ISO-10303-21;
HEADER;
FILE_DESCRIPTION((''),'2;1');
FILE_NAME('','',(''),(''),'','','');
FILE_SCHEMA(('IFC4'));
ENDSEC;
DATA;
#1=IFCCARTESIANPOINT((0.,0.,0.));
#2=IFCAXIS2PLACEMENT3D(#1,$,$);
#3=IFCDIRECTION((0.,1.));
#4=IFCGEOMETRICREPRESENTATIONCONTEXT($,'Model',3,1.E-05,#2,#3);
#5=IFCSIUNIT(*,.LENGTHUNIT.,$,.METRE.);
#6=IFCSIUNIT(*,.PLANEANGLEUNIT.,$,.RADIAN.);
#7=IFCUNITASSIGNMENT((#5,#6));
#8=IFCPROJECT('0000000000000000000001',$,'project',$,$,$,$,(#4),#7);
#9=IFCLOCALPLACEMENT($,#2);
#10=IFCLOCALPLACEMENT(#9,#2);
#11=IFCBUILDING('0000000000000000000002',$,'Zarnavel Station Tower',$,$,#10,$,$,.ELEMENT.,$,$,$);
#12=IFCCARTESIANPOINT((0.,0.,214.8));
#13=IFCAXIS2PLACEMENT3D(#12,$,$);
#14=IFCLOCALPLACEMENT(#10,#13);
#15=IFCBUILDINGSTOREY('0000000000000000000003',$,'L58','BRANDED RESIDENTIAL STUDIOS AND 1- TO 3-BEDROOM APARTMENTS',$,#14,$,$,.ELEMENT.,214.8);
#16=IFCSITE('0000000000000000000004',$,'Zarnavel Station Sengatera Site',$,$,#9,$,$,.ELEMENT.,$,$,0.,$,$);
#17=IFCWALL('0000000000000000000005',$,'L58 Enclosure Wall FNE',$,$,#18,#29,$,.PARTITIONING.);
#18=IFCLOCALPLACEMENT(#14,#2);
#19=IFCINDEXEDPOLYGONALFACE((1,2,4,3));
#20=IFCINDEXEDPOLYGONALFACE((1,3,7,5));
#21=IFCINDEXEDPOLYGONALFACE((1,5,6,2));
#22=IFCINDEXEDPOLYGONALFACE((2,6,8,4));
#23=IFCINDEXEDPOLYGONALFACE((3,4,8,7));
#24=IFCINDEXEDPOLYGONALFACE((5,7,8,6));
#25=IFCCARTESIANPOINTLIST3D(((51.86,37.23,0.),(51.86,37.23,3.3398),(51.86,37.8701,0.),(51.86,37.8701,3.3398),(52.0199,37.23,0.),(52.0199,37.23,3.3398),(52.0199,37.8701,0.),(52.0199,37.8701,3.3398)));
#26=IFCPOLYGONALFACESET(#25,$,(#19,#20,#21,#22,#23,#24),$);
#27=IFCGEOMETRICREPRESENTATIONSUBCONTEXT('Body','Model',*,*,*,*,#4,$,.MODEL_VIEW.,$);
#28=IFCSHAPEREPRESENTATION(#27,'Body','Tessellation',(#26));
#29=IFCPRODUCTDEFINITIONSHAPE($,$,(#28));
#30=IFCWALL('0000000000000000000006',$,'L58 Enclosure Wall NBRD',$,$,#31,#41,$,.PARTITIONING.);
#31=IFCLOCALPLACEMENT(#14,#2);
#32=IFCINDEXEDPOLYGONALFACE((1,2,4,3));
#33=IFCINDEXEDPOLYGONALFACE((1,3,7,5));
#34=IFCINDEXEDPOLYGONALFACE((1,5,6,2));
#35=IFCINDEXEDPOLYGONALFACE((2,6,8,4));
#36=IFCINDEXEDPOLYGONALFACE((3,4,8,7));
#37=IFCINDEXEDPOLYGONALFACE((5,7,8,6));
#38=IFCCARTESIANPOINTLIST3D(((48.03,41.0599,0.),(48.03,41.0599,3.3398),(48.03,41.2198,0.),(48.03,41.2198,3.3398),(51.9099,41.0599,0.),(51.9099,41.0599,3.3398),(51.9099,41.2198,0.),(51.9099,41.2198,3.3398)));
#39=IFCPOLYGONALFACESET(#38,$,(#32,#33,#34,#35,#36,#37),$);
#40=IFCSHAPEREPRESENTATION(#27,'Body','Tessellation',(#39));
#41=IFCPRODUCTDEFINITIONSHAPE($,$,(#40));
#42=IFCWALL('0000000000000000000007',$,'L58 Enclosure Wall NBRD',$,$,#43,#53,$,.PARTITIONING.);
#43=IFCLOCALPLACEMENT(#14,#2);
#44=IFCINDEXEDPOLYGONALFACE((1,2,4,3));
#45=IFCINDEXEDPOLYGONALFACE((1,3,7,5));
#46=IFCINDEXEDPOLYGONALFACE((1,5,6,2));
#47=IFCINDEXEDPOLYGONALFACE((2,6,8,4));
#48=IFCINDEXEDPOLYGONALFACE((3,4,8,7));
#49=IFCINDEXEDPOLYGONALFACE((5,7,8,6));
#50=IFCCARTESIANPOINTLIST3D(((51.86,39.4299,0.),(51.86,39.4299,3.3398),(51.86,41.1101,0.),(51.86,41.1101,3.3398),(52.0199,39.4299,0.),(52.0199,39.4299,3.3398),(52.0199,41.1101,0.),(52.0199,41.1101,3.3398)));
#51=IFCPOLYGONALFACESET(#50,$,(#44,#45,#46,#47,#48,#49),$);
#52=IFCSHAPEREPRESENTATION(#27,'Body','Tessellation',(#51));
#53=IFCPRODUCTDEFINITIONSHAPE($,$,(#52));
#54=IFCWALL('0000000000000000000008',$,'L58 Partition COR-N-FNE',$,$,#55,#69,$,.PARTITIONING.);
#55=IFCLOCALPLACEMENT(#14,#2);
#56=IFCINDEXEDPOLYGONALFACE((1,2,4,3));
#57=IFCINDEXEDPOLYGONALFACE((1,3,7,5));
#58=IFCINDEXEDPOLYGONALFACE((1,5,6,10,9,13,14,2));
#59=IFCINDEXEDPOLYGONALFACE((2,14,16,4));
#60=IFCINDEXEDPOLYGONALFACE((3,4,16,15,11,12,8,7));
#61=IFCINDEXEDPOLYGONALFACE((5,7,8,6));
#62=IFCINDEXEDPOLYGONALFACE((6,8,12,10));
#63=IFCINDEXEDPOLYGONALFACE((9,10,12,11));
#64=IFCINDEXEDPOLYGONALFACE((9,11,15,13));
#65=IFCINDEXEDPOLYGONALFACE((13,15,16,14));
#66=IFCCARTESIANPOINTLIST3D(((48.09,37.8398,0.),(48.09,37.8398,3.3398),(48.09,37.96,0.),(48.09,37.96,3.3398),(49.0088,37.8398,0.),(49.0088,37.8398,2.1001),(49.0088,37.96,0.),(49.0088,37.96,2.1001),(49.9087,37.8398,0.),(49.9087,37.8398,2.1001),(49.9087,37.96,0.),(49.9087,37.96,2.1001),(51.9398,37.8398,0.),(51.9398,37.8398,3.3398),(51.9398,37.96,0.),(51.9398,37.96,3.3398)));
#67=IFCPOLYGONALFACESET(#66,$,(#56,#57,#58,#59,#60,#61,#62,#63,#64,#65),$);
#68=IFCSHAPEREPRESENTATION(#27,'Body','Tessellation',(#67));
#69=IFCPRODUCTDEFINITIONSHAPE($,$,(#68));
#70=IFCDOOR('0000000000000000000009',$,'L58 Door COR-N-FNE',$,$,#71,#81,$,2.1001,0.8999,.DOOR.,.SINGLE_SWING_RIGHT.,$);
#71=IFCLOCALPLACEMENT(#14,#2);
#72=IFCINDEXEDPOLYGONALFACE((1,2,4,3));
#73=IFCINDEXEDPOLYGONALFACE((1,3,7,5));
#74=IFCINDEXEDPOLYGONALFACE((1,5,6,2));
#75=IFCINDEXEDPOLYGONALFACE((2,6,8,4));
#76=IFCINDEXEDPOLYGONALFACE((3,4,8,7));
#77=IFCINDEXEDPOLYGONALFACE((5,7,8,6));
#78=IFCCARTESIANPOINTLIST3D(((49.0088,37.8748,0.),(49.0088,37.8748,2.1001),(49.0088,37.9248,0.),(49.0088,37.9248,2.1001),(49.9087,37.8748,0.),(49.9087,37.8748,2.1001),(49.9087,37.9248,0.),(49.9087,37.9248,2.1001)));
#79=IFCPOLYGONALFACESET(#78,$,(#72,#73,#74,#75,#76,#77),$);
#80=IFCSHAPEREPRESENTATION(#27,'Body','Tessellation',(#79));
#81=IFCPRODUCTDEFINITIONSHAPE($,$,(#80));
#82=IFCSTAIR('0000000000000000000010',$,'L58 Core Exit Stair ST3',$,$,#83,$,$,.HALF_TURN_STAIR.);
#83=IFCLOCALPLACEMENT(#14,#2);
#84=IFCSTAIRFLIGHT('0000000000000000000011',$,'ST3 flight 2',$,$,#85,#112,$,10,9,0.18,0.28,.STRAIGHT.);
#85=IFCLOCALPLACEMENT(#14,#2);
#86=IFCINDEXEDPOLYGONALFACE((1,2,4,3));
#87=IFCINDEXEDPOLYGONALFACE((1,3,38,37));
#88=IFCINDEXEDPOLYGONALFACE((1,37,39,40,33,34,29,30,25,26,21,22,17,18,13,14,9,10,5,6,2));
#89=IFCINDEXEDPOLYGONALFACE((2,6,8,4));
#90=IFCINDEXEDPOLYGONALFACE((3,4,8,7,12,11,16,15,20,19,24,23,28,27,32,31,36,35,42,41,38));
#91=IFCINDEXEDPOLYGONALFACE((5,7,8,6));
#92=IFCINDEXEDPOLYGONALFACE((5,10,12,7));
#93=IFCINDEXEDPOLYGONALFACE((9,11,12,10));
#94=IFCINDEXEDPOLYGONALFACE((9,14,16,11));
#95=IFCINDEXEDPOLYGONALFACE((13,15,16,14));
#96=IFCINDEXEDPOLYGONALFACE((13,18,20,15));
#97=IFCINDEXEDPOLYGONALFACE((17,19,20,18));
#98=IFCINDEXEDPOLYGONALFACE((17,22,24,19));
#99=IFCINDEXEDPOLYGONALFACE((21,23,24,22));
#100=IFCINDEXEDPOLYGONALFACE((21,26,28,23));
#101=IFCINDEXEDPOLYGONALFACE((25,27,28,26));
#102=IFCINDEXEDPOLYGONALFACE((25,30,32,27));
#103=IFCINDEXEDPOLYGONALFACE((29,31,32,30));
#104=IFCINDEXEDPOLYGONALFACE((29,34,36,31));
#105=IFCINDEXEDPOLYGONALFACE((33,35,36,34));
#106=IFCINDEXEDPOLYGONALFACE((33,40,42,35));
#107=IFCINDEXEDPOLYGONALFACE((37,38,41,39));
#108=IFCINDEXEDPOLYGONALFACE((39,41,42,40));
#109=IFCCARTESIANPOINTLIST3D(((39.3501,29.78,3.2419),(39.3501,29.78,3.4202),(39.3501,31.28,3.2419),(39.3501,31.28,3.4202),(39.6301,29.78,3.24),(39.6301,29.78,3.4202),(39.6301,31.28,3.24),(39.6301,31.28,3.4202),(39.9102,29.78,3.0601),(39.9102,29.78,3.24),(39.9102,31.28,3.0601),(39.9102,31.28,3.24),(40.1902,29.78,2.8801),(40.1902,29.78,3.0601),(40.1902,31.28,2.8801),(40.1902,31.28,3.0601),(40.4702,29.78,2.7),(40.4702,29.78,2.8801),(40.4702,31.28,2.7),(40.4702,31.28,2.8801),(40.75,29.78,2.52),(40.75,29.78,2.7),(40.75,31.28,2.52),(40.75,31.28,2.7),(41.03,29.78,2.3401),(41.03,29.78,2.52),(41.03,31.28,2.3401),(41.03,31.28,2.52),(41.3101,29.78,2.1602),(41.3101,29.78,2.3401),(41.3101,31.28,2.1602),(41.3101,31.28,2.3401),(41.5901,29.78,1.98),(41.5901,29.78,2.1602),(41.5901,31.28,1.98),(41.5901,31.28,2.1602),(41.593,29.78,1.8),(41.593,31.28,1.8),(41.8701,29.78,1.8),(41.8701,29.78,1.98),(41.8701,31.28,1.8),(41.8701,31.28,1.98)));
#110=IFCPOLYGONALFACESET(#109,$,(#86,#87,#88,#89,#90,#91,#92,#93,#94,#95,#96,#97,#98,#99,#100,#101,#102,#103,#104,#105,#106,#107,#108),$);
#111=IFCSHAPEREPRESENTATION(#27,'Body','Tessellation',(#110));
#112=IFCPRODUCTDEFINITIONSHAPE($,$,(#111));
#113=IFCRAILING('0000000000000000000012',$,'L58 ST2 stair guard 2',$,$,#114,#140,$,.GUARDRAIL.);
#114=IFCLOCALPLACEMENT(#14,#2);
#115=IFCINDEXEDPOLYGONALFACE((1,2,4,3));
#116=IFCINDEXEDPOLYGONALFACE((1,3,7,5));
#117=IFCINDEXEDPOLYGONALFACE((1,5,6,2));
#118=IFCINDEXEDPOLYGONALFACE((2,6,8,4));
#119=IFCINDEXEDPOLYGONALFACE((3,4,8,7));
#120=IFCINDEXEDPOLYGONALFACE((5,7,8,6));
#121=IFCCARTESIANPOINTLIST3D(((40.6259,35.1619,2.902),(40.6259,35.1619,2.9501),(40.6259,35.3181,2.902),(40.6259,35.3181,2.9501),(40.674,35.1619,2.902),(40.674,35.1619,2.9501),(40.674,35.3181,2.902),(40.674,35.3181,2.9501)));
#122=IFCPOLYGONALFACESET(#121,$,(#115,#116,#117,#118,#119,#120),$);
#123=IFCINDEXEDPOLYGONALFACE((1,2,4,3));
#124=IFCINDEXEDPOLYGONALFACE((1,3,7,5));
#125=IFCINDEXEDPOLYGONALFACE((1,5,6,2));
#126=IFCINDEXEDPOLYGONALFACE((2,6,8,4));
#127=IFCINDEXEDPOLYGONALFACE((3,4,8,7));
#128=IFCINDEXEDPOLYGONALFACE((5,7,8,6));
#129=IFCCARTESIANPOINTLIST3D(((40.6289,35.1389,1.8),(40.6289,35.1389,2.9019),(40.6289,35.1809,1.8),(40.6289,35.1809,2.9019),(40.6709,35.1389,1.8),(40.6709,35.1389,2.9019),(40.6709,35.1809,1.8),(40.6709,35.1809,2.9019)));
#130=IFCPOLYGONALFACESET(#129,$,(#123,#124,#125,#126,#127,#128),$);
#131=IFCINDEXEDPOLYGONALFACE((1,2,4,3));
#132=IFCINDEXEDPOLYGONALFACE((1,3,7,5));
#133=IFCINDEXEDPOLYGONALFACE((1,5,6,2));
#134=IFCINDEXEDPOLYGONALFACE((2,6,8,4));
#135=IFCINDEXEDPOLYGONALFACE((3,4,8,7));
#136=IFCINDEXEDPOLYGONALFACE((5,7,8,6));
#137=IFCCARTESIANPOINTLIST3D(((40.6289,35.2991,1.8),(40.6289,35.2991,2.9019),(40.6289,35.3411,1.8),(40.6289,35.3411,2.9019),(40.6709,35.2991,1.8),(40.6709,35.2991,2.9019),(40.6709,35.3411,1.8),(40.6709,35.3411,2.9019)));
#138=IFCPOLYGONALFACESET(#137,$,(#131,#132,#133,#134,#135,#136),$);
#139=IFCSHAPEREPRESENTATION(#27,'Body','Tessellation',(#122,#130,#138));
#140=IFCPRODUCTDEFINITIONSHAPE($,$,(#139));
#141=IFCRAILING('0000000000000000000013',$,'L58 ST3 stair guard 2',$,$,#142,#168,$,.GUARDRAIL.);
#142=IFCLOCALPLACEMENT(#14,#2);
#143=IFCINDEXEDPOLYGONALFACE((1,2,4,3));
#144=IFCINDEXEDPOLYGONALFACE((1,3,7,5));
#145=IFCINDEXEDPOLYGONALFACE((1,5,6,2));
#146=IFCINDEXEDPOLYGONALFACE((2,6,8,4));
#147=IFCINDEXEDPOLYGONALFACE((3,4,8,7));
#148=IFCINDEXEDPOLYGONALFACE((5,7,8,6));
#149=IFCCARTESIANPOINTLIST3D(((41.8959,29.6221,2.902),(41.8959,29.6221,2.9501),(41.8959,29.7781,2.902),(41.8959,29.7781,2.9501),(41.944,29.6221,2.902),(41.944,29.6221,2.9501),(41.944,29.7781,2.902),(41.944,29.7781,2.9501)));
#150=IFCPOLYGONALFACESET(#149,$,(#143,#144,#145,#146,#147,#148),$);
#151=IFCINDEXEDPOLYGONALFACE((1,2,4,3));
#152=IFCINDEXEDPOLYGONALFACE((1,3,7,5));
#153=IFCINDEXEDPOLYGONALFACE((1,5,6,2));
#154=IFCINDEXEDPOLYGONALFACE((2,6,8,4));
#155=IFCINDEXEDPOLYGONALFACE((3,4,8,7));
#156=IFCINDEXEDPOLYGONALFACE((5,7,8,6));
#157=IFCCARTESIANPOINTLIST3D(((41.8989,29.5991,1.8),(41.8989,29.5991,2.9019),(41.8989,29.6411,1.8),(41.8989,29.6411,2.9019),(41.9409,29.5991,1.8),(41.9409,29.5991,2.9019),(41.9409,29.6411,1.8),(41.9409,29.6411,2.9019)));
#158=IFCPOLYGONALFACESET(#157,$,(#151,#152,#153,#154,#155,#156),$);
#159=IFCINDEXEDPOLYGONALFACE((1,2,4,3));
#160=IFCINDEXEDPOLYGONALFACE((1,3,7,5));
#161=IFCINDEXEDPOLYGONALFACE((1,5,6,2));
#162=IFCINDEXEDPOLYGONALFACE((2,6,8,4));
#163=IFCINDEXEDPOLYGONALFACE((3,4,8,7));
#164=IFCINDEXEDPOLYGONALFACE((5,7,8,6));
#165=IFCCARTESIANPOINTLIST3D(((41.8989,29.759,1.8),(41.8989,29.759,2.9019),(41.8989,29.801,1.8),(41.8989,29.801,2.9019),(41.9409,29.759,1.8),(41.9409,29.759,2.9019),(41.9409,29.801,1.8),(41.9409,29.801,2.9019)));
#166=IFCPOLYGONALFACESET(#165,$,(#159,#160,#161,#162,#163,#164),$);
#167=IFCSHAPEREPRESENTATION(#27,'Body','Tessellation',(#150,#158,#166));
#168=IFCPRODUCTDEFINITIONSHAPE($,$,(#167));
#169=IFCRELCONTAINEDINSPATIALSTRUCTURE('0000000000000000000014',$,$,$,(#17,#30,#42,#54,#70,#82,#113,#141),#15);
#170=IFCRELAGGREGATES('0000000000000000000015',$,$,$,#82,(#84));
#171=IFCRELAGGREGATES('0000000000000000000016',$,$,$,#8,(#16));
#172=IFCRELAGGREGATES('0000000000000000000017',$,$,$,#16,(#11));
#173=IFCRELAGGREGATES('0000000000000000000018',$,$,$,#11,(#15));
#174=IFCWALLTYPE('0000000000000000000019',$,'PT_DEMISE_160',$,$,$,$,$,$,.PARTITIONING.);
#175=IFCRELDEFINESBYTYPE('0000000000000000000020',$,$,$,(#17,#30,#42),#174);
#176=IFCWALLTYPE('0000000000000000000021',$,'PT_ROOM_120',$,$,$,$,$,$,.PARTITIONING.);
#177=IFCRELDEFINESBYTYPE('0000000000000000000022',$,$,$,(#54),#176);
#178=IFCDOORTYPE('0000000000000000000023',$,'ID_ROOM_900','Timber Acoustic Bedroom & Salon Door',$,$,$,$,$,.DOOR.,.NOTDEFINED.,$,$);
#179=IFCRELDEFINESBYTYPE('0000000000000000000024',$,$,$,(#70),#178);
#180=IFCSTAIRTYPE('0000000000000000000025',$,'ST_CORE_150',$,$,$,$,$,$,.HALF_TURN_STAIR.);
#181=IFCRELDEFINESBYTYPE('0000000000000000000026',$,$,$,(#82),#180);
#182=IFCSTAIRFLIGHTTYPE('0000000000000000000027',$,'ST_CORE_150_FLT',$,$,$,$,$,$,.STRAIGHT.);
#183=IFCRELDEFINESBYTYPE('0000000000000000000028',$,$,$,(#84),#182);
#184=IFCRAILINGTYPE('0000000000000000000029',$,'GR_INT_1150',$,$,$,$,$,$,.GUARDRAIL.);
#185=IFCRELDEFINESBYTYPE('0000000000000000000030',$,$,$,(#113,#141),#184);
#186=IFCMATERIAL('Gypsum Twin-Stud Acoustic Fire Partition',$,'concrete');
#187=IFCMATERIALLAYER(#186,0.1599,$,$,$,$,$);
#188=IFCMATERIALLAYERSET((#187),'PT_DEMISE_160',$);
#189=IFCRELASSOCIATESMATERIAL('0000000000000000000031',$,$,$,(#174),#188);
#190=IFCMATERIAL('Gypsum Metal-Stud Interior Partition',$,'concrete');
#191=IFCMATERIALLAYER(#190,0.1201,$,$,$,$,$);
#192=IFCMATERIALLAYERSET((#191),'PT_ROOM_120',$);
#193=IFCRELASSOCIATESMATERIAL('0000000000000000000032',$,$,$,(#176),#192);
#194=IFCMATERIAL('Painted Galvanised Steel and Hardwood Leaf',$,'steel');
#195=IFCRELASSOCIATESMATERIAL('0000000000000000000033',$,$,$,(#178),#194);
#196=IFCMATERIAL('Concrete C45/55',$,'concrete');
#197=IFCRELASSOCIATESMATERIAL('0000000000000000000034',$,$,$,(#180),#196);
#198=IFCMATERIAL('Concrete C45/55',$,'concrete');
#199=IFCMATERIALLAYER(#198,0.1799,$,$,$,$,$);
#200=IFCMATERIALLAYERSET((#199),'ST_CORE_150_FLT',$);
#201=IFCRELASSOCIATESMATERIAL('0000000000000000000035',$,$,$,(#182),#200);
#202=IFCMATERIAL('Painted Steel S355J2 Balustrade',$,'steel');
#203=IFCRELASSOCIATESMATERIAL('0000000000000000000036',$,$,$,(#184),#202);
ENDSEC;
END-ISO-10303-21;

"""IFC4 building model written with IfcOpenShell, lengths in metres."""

from ifc_helpers import new_model, si_unit, direction, frame, frame_2d, origin, origin_2d, place, context, subcontext, project, spatial, polyline, rectangle, outline, extrude, material, layer, layer_set, type_object, element, fill, aggregate, save


model = new_model("IFC4")

# Units and contexts
model_context = context("Model", 3, precision=1e-05, world=origin(), true_north=direction((0.0, 1.0)))
body_context = subcontext(model_context, "Body", "Model", "MODEL_VIEW")
ifc_project = project(units=[si_unit("LENGTHUNIT", "METRE"), si_unit("PLANEANGLEUNIT", "RADIAN")], contexts=[model_context])

# Site, building, storey
site_placement = place(None, origin())
site = spatial("IfcSite", under=ifc_project, at=site_placement, Name="Zarnavel Station Sengatera Site", CompositionType="ELEMENT", RefElevation=0.0)
building_placement = place(site_placement, origin())
building = spatial("IfcBuilding", under=site, at=building_placement, Name="Zarnavel Station Tower", CompositionType="ELEMENT")
storey_placement = place(building_placement, frame((0.0, 0.0, 214.8)))
storey = spatial("IfcBuildingStorey", under=building, at=storey_placement, Name="L58", Description="BRANDED RESIDENTIAL STUDIOS AND 1- TO 3-BEDROOM APARTMENTS", CompositionType="ELEMENT", Elevation=214.8)

# Walls
ifc_material_1 = material(Name="Gypsum Twin-Stud Acoustic Fire Partition", Category="concrete")
ifc_layer_1 = layer(ifc_material_1, 0.1599)
ifc_layer_set_1 = layer_set([ifc_layer_1], Name="PT_DEMISE_160")
wall_type_1 = type_object("IfcWallType", Name="PT_DEMISE_160", PredefinedType="PARTITIONING", material=ifc_layer_set_1)
wall_1_placement = place(storey_placement, frame((51.9399, 37.23, 0.0), z_axis=(0.0, 0.0, 1.0), x_axis=(0.0, 1.0, 0.0)))
element("IfcWall", 1, at=wall_1_placement, inside=storey, type_object=wall_type_1, Name="L58 Enclosure Wall FNE", PredefinedType="PARTITIONING", context=body_context, shape_type="SweptSolid", body=[
    extrude(rectangle(XDim=0.6401, YDim=0.1599, at=frame_2d((0.3201, 0.0))), origin(), (0.0, 0.0, 1.0), 3.3398),
])
wall_2_placement = place(storey_placement, frame((48.03, 41.1399, 0.0), z_axis=(0.0, 0.0, 1.0), x_axis=(1.0, 0.0, 0.0)))
element("IfcWall", 2, at=wall_2_placement, inside=storey, type_object=wall_type_1, Name="L58 Enclosure Wall NBRD", PredefinedType="PARTITIONING", context=body_context, shape_type="SweptSolid", body=[
    extrude(rectangle(XDim=3.8799, YDim=0.1599, at=frame_2d((1.9399, 0.0))), origin(), (0.0, 0.0, 1.0), 3.3398),
])
wall_3_placement = place(storey_placement, frame((51.9399, 39.4299, 0.0), z_axis=(0.0, 0.0, 1.0), x_axis=(0.0, 1.0, 0.0)))
element("IfcWall", 3, at=wall_3_placement, inside=storey, type_object=wall_type_1, Name="L58 Enclosure Wall NBRD", PredefinedType="PARTITIONING", context=body_context, shape_type="SweptSolid", body=[
    extrude(rectangle(XDim=1.6802, YDim=0.1599, at=frame_2d((0.8401, 0.0))), origin(), (0.0, 0.0, 1.0), 3.3398),
])

# Wall, opening, door
ifc_material_2 = material(Name="Gypsum Metal-Stud Interior Partition", Category="concrete")
ifc_layer_2 = layer(ifc_material_2, 0.1201)
ifc_layer_set_2 = layer_set([ifc_layer_2], Name="PT_ROOM_120")
wall_type_2 = type_object("IfcWallType", Name="PT_ROOM_120", PredefinedType="PARTITIONING", material=ifc_layer_set_2)
wall_4_placement = place(storey_placement, frame((48.0901, 37.8999, 0.0), z_axis=(0.0, 0.0, 1.0), x_axis=(1.0, 0.0, 0.0)))
wall_4 = element("IfcWall", 4, at=wall_4_placement, inside=storey, type_object=wall_type_2, Name="L58 Partition COR-N-FNE", PredefinedType="PARTITIONING", context=body_context, shape_type="SweptSolid", body=[
    extrude(rectangle(XDim=3.8499, YDim=0.1201, at=frame_2d((1.9248, 0.0))), origin(), (0.0, 0.0, 1.0), 3.3398),
])
opening_1_placement = place(wall_4_placement, frame((0.9187, 0.0, 0.0)))
opening_1 = element("IfcOpeningElement", 5, at=opening_1_placement, cuts=wall_4, PredefinedType="OPENING", context=body_context, shape_type="SweptSolid", body=[
    extrude(rectangle(XDim=0.8999, YDim=2.1001, at=frame_2d((0.45, 1.05))), frame((0.0, 0.0701, 0.0), z_axis=(0.0, -1.0, 0.0), x_axis=(1.0, 0.0, 0.0)), (0.0, 0.0, 1.0), 0.1401),
])
ifc_material_3 = material(Name="Painted Galvanised Steel and Hardwood Leaf", Category="steel")
door_type_1 = type_object("IfcDoorType", Name="ID_ROOM_900", Description="Timber Acoustic Bedroom & Salon Door", OperationType="NOTDEFINED", PredefinedType="DOOR", material=ifc_material_3)
door_1_placement = place(opening_1_placement, origin())
door_1 = element("IfcDoor", 6, at=door_1_placement, inside=storey, type_object=door_type_1, Name="L58 Door COR-N-FNE", OperationType="SINGLE_SWING_RIGHT", OverallHeight=2.1001, OverallWidth=0.8999, PredefinedType="DOOR", context=body_context, shape_type="SweptSolid", body=[
    extrude(rectangle(XDim=0.8999, YDim=2.1001, at=frame_2d((0.45, 1.05))), frame((0.0, 0.0249, 0.0), z_axis=(0.0, -1.0, 0.0), x_axis=(1.0, 0.0, 0.0)), (0.0, 0.0, 1.0), 0.05),
])
fill(opening_1, door_1)

# Stair, stair flight
ifc_material_4 = material(Name="Concrete C45/55", Category="concrete")
stair_type = type_object("IfcStairType", Name="ST_CORE_150", PredefinedType="HALF_TURN_STAIR", material=ifc_material_4)
stair_placement = place(storey_placement, origin())
stair = element("IfcStair", 7, at=stair_placement, inside=storey, type_object=stair_type, Name="L58 Core Exit Stair ST3", PredefinedType="HALF_TURN_STAIR")
ifc_material_5 = material(Name="Concrete C45/55", Category="concrete")
ifc_layer_3 = layer(ifc_material_5, 0.1799)
ifc_layer_set_3 = layer_set([ifc_layer_3], Name="ST_CORE_150_FLT")
stair_flight_type = type_object("IfcStairFlightType", Name="ST_CORE_150_FLT", PredefinedType="STRAIGHT", material=ifc_layer_set_3)
stair_flight_placement = place(storey_placement, frame((41.8701, 30.53, 1.8), z_axis=(0.0, 0.0, 1.0), x_axis=(-1.0, 0.0, 0.0)))
stair_flight = element("IfcStairFlight", 8, at=stair_flight_placement, type_object=stair_flight_type, Name="ST3 flight 2", NumberOfRisers=10, NumberOfTreads=9, PredefinedType="STRAIGHT", RiserHeight=0.18, TreadLength=0.28, context=body_context, shape_type="SweptSolid", body=[
    extrude(outline(polyline([(0.0, 0.0), (0.0, 0.1799), (0.28, 0.1799), (0.28, 0.3601), (0.5601, 0.3601), (0.5601, 0.54), (0.8401, 0.54), (0.8401, 0.72), (1.1201, 0.72), (1.1201, 0.8999), (1.3999, 0.8999), (1.3999, 1.0801), (1.6799, 1.0801), (1.6799, 1.26), (1.96, 1.26), (1.96, 1.4399), (2.24, 1.4399), (2.24, 1.6201), (2.52, 1.6201), (2.52, 1.8), (2.52, 1.4419), (0.2771, 0.0), (0.0, 0.0)])), frame((0.0, 0.75, 0.0), z_axis=(0.0, -1.0, 0.0), x_axis=(1.0, 0.0, 0.0)), (0.0, 0.0, 1.0), 1.5),
])
aggregate(stair, [stair_flight])

# Railings
ifc_material_6 = material(Name="Painted Steel S355J2 Balustrade", Category="steel")
railing_type_1 = type_object("IfcRailingType", Name="GR_INT_1150", PredefinedType="GUARDRAIL", material=ifc_material_6)
railing_1_placement = place(storey_placement, frame((40.6499, 35.1599, 1.8)))
element("IfcRailing", 9, at=railing_1_placement, inside=storey, type_object=railing_type_1, Name="L58 ST2 stair guard 2", PredefinedType="GUARDRAIL", context=body_context, shape_type="SweptSolid", body=[
    extrude(rectangle(XDim=0.0481, YDim=0.0481, at=origin_2d()), frame((0.0, 0.002, 1.126), z_axis=(0.0, 1.0, 0.0), x_axis=(-1.0, 0.0, 0.0)), (0.0, 0.0, 1.0), 0.1562),
    extrude(rectangle(XDim=0.042, YDim=0.042, at=origin_2d()), origin(), (0.0, 0.0, 1.0), 1.1018),
    extrude(rectangle(XDim=0.042, YDim=0.042, at=origin_2d()), frame((0.0, 0.1602, 0.0)), (0.0, 0.0, 1.0), 1.1018),
])
railing_2_placement = place(storey_placement, frame((41.9199, 29.6201, 1.8)))
element("IfcRailing", 10, at=railing_2_placement, inside=storey, type_object=railing_type_1, Name="L58 ST3 stair guard 2", PredefinedType="GUARDRAIL", context=body_context, shape_type="SweptSolid", body=[
    extrude(rectangle(XDim=0.0481, YDim=0.0481, at=origin_2d()), frame((0.0, 0.002, 1.126), z_axis=(0.0, 1.0, 0.0), x_axis=(-1.0, 0.0, 0.0)), (0.0, 0.0, 1.0), 0.156),
    extrude(rectangle(XDim=0.042, YDim=0.042, at=origin_2d()), origin(), (0.0, 0.0, 1.0), 1.1018),
    extrude(rectangle(XDim=0.042, YDim=0.042, at=origin_2d()), frame((0.0, 0.1599, 0.0)), (0.0, 0.0, 1.0), 1.1018),
])

save(model, "model.ifc")
